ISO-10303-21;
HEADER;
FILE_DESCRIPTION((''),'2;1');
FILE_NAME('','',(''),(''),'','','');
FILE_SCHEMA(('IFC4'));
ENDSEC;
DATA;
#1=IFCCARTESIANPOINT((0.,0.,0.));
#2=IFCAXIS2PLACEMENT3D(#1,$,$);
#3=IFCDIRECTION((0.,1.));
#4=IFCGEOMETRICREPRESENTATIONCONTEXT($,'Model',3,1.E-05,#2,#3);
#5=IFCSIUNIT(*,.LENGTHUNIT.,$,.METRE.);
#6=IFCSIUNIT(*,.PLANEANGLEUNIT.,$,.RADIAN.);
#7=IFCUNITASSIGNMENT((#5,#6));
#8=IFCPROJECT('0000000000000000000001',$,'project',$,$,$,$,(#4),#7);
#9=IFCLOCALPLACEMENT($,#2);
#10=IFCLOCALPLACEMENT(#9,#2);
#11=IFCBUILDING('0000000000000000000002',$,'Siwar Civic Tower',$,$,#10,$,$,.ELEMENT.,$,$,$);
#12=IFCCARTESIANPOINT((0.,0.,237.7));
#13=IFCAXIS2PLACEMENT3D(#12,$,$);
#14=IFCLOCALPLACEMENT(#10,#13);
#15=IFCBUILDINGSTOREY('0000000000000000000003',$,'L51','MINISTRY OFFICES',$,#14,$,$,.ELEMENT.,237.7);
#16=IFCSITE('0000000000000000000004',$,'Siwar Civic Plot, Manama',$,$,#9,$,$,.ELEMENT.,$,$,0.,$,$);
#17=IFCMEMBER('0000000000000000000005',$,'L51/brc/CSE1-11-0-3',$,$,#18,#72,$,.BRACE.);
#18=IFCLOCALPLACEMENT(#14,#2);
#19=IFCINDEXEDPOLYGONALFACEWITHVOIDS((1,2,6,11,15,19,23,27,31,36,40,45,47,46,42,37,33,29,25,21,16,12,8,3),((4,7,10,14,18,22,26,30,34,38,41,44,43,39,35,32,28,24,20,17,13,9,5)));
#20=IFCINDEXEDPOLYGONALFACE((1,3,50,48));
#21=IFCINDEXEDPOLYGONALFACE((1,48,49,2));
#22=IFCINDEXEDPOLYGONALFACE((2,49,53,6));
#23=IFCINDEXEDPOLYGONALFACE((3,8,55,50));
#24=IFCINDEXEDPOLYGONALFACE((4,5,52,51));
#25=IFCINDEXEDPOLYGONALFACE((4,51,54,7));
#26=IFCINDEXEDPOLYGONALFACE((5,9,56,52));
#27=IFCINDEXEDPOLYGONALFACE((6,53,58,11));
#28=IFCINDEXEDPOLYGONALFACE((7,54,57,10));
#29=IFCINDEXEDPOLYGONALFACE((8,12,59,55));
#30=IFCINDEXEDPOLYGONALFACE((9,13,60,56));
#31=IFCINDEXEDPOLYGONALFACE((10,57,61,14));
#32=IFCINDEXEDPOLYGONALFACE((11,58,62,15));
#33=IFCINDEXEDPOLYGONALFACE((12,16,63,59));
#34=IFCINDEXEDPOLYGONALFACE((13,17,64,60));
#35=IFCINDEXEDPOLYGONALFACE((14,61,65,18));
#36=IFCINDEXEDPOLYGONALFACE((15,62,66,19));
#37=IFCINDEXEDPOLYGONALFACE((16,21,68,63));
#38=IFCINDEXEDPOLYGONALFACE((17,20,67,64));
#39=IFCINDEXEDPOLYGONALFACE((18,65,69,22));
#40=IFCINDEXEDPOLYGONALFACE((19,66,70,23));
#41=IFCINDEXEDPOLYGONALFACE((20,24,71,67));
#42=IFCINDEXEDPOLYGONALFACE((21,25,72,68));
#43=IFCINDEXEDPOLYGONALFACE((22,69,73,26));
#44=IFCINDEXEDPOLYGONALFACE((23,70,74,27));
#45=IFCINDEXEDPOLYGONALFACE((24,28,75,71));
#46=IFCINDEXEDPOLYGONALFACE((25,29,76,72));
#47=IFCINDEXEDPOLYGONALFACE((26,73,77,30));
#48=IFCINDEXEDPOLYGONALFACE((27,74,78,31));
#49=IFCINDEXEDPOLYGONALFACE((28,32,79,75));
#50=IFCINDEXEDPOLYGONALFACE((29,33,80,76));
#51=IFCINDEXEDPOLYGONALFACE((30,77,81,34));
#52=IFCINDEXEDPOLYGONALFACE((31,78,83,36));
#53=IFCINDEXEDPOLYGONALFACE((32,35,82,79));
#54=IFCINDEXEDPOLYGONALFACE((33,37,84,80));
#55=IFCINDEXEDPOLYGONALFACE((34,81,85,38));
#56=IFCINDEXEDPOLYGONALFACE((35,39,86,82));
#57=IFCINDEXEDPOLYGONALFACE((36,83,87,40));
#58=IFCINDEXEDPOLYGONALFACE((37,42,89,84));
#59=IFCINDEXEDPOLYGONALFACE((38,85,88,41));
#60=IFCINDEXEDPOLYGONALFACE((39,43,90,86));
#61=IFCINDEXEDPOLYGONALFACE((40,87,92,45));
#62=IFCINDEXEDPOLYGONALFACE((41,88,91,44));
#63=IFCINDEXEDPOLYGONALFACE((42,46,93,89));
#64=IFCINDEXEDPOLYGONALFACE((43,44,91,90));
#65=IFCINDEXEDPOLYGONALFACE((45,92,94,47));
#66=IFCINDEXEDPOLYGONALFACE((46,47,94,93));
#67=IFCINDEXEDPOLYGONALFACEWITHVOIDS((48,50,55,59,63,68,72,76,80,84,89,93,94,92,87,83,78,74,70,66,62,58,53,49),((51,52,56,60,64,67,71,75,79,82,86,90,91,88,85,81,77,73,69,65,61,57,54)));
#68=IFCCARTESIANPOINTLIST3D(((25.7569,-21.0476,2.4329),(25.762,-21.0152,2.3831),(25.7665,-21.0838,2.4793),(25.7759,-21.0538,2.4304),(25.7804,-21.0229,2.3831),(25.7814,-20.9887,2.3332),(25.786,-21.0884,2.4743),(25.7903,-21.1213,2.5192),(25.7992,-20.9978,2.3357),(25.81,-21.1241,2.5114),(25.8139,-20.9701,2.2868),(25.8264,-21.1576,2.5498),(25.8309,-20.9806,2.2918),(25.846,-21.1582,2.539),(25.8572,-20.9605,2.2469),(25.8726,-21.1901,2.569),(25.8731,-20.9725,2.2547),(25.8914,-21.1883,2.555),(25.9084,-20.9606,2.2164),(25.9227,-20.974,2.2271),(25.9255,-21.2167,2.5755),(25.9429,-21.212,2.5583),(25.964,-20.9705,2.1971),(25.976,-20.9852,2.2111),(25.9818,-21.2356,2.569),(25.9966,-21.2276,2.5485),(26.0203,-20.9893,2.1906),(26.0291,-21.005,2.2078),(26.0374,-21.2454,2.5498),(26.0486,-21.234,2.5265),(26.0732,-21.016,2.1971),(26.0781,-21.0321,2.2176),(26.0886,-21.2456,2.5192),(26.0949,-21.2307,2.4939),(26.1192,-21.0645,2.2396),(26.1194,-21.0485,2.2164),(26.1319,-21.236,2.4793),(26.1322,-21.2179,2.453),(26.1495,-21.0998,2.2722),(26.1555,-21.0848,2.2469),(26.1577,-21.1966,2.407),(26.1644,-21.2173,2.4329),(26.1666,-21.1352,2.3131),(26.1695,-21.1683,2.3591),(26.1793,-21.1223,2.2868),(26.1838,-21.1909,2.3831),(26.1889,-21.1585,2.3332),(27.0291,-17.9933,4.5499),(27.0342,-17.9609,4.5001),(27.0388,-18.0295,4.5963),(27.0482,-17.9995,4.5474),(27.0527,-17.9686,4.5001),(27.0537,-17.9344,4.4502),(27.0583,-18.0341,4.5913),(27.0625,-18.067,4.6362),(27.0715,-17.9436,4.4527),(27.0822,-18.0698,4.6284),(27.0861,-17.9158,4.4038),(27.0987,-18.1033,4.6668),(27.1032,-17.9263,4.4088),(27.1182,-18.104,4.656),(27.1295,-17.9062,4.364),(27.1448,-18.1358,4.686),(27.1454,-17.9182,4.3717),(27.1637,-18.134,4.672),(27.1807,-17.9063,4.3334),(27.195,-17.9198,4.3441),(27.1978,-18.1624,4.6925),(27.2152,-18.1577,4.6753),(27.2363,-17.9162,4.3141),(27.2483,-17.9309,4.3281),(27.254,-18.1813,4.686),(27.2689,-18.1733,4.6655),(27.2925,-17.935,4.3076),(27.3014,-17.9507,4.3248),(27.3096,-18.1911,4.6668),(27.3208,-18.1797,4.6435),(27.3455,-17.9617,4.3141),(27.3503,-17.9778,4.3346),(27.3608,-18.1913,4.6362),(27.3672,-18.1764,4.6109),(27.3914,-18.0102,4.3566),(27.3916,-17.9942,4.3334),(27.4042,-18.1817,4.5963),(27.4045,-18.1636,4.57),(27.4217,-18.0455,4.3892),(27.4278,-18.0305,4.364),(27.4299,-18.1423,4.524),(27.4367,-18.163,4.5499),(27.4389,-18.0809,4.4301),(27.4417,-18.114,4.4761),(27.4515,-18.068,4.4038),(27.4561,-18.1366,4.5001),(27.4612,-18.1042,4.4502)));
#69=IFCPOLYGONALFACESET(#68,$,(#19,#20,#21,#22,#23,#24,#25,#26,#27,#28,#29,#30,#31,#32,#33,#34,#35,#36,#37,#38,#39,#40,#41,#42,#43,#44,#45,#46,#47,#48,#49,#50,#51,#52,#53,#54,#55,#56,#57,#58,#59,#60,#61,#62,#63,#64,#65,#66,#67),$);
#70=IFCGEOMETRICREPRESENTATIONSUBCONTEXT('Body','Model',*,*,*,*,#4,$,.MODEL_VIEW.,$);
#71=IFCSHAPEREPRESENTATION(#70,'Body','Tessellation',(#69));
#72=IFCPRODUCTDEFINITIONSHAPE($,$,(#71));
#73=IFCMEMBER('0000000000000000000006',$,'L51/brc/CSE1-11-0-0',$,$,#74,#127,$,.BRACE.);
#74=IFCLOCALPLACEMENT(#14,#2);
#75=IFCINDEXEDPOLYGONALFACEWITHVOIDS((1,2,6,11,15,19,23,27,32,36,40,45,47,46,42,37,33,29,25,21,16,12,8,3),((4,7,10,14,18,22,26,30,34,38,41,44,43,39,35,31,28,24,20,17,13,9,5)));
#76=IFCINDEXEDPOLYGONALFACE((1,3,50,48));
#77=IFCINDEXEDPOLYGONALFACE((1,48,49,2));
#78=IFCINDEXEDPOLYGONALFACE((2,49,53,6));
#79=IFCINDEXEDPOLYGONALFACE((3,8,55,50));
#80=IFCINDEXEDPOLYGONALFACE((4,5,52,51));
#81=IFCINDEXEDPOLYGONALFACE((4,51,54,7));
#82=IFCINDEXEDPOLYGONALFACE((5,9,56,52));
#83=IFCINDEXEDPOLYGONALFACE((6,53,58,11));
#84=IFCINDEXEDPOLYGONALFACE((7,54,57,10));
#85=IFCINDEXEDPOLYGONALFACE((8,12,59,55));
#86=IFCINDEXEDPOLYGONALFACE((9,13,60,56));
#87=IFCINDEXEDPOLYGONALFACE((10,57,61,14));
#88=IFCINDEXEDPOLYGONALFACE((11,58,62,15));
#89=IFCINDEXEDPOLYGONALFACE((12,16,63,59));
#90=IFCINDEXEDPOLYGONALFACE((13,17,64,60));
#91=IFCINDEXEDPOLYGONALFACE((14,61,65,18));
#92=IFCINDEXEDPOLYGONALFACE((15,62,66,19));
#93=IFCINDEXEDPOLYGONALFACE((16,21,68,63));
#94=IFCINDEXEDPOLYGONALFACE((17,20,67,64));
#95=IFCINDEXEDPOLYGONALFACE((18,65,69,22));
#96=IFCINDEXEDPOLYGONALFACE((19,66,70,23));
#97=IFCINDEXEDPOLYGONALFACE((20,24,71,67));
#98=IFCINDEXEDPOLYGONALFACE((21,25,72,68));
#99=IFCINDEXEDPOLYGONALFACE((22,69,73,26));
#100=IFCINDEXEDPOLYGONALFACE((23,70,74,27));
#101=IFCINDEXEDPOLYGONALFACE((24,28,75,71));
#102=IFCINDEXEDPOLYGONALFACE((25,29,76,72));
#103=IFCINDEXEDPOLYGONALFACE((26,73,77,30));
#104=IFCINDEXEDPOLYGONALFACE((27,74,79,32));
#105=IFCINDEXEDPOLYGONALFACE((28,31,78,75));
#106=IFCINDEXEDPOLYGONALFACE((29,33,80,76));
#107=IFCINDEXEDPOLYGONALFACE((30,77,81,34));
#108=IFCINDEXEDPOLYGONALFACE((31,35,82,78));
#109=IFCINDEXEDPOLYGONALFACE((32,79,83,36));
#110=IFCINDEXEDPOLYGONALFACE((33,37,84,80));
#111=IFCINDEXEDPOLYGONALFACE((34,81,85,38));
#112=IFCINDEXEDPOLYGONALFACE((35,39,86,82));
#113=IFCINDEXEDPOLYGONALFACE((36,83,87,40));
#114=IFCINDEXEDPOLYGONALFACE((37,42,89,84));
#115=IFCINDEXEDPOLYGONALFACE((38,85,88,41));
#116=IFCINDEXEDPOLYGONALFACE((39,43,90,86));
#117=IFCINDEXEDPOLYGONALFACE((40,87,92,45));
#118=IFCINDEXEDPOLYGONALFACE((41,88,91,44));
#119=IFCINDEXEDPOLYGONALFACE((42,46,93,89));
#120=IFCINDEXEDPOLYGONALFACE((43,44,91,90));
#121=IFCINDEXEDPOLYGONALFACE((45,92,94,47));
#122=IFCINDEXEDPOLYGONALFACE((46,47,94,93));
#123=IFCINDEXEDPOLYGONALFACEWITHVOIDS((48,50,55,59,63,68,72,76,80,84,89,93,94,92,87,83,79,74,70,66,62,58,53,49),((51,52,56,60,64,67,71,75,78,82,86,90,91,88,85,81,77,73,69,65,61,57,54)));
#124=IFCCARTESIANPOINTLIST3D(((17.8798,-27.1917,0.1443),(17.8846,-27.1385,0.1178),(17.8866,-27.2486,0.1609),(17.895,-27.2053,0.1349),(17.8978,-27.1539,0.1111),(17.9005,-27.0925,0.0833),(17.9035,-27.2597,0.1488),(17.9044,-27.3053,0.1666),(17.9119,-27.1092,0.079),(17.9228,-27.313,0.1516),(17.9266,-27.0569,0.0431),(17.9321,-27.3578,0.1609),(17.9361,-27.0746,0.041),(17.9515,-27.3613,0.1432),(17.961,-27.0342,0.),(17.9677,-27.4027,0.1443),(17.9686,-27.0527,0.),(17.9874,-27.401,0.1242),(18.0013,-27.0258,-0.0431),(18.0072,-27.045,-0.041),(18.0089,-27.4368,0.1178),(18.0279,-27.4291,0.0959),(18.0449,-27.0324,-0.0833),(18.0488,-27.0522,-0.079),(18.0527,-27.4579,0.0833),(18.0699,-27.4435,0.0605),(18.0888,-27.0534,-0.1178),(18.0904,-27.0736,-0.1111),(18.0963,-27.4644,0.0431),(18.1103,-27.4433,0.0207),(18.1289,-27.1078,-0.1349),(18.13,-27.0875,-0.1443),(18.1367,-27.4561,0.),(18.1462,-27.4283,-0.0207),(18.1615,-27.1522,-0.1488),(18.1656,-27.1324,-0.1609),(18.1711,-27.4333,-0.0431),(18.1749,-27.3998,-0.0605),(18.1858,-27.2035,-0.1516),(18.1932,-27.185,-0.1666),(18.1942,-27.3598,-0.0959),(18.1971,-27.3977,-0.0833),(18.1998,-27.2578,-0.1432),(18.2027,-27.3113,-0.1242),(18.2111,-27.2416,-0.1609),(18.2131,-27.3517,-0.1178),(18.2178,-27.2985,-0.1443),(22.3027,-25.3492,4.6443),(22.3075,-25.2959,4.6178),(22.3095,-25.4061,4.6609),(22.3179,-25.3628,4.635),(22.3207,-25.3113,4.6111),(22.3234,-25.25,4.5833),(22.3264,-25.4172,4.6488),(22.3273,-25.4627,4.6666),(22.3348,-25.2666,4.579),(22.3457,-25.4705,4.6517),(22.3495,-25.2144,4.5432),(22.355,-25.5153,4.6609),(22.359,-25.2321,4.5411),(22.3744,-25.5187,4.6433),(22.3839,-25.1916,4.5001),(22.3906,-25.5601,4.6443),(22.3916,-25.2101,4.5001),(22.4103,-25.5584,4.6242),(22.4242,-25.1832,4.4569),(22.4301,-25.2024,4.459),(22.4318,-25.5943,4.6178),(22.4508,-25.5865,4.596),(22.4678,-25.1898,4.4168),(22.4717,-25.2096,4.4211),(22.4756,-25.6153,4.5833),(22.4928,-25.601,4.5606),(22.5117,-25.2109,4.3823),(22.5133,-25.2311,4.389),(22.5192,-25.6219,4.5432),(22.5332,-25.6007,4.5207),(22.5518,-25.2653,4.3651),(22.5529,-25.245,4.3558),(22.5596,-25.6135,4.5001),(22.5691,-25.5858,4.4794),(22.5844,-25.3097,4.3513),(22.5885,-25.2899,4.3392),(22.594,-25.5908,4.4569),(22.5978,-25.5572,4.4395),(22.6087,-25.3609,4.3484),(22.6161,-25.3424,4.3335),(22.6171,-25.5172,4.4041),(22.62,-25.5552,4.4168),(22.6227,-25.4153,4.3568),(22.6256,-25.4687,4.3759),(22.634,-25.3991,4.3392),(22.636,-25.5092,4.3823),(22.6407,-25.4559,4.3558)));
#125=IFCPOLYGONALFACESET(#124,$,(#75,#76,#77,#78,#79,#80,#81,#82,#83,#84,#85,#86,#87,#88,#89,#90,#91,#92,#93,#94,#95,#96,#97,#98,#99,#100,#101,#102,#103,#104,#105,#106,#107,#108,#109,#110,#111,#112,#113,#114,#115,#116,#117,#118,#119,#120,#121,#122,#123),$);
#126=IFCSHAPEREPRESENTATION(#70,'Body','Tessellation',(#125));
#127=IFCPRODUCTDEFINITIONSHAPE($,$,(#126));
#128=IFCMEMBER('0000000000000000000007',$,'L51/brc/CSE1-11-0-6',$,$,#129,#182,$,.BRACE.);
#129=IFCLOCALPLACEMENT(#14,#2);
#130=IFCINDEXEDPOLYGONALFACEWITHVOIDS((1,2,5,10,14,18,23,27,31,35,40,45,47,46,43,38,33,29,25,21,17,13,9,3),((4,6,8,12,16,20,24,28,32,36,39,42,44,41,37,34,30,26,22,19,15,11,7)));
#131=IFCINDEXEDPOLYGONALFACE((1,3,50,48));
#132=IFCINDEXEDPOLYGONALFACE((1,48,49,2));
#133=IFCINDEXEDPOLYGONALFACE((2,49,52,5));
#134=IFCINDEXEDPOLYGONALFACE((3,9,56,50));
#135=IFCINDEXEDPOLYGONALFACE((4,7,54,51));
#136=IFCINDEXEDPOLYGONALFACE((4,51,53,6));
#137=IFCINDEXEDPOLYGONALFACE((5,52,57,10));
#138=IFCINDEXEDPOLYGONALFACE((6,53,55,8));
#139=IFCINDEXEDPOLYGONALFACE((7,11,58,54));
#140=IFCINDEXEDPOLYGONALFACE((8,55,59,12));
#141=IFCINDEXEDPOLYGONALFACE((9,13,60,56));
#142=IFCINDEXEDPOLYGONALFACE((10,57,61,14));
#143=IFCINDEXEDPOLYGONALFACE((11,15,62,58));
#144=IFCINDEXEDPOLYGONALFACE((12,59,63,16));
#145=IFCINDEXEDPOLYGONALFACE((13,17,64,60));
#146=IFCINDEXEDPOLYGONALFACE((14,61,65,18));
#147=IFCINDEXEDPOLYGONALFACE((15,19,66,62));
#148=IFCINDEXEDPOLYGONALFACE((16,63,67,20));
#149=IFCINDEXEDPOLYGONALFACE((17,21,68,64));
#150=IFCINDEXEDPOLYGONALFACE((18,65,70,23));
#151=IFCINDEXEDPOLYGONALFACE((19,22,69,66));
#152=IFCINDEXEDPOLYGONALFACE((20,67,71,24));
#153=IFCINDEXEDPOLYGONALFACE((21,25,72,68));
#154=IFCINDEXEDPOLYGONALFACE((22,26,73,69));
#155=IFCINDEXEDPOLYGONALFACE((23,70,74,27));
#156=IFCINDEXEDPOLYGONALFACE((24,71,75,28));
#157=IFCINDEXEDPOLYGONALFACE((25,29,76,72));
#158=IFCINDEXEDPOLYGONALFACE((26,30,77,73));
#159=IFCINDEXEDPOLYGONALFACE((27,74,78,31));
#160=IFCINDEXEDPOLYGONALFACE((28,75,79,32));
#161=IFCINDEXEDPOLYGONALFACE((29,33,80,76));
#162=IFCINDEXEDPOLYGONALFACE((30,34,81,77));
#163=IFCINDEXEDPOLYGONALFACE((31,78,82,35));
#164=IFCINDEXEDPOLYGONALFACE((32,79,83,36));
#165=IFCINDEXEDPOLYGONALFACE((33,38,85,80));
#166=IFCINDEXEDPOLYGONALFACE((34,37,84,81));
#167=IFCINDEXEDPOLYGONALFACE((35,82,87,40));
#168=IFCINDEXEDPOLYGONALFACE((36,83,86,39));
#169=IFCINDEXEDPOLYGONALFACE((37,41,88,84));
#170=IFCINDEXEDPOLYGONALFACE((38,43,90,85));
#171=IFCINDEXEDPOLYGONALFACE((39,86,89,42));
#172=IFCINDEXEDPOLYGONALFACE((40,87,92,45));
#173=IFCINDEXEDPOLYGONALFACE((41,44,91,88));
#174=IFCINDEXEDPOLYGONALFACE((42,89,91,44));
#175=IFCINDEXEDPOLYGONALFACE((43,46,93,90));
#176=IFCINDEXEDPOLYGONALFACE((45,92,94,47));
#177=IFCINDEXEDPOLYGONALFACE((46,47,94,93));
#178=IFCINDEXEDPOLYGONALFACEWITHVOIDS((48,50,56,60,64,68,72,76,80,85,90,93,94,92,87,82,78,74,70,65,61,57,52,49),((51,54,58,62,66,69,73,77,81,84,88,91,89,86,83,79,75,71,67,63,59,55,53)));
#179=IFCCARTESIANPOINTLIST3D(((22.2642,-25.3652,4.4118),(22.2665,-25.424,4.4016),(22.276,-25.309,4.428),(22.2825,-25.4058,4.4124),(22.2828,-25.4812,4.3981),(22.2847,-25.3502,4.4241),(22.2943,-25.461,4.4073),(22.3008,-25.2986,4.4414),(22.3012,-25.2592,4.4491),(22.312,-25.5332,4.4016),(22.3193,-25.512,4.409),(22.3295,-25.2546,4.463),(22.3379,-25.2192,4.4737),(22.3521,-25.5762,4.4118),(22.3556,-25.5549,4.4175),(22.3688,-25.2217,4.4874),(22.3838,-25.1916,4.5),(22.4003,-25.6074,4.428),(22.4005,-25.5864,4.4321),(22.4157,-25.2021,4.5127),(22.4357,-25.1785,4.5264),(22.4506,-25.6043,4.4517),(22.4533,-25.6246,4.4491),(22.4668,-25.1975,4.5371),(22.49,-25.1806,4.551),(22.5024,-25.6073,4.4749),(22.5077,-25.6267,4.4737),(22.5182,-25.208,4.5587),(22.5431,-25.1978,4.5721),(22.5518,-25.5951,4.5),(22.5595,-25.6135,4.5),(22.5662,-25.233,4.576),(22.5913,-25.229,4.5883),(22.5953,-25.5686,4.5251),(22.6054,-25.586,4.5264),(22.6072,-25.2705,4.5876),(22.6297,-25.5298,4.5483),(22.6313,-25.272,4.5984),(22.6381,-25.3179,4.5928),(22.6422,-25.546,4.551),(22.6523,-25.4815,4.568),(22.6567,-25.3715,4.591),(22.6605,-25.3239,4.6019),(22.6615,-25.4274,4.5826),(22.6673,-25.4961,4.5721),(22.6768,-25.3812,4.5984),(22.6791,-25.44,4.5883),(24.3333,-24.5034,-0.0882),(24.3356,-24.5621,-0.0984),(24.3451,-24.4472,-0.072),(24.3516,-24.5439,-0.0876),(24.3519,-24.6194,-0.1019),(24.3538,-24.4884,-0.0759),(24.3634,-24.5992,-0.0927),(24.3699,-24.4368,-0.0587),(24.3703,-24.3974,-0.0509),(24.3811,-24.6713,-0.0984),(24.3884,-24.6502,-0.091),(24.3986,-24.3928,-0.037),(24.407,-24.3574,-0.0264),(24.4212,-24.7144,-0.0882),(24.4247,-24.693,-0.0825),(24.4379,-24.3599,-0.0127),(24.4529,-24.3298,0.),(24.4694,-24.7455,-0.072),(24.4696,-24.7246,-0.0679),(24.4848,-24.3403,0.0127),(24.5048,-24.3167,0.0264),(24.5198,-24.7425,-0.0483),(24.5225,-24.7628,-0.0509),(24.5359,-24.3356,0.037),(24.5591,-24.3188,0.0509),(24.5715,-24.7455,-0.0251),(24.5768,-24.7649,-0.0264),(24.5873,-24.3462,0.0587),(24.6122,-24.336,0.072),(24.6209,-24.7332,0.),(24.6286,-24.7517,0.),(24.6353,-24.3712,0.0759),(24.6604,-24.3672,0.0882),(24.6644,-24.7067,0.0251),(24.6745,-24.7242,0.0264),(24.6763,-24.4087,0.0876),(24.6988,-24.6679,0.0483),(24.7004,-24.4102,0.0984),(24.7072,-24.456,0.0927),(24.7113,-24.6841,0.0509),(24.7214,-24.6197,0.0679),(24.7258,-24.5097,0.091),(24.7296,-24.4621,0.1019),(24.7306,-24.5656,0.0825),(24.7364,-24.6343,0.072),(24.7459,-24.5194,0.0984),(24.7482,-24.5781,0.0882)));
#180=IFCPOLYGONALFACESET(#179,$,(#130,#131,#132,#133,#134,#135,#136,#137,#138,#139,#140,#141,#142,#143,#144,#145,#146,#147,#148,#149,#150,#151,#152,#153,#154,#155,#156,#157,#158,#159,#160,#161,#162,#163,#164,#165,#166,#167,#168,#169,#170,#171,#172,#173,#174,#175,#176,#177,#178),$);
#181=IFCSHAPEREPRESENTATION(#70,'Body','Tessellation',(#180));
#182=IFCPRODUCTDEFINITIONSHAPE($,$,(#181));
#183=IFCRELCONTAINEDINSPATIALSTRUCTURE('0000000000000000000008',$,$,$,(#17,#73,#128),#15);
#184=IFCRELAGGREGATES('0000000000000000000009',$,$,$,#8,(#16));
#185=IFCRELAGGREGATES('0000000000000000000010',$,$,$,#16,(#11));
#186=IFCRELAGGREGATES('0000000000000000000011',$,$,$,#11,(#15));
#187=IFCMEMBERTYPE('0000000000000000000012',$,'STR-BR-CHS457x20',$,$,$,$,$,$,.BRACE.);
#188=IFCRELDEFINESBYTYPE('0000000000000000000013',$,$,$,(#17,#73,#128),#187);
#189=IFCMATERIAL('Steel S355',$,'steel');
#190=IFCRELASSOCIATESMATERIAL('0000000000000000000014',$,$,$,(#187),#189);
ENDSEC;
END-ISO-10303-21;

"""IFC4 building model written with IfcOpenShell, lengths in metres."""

from ifc_helpers import new_model, si_unit, direction, frame, origin, origin_2d, place, context, subcontext, project, spatial, hollow_circle, extrude, material, material_profile, profile_set, type_object, element, save


model = new_model("IFC4")

# Units and contexts
model_context = context("Model", 3, precision=1e-05, world=origin(), true_north=direction((0.0, 1.0)))
body_context = subcontext(model_context, "Body", "Model", "MODEL_VIEW")
ifc_project = project(units=[si_unit("LENGTHUNIT", "METRE"), si_unit("PLANEANGLEUNIT", "RADIAN")], contexts=[model_context])

# Site, building, storey
site_placement = place(None, origin())
site = spatial("IfcSite", under=ifc_project, at=site_placement, Name="Siwar Civic Plot, Manama", CompositionType="ELEMENT", RefElevation=0.0)
building_placement = place(site_placement, origin())
building = spatial("IfcBuilding", under=site, at=building_placement, Name="Siwar Civic Tower", CompositionType="ELEMENT")
storey_placement = place(building_placement, frame((0.0, 0.0, 237.7)))
storey = spatial("IfcBuildingStorey", under=building, at=storey_placement, Name="L51", Description="MINISTRY OFFICES", CompositionType="ELEMENT", Elevation=237.7)

# Members
ifc_material_1 = material(Name="Steel S355", Category="steel")
ifc_material_profile_1 = material_profile(ifc_material_1, hollow_circle(Radius=0.2285, WallThickness=0.02, at=origin_2d()), Name="CHS457x20")
ifc_profile_set_1 = profile_set([ifc_material_profile_1], Name="Steel S355")
member_type_1 = type_object("IfcMemberType", Name="STR-BR-CHS457x20", PredefinedType="BRACE", material=ifc_profile_set_1)
for number, where, z_axis, x_axis, name in (
    (1, (25.9729, -21.103, 2.3831), (0.323895, 0.777572, 0.538955), (-0.923116, 0.384521, 0.0), "L51/brc/CSE1-11-0-3"),
):
    element("IfcMember", number, at=place(storey_placement, frame(where, z_axis=z_axis, x_axis=x_axis)), inside=storey, type_object=member_type_1, Name=name, PredefinedType="BRACE", context=body_context, shape_type="SweptSolid", body=[
        extrude(hollow_circle(Radius=0.2285, WallThickness=0.02, at=origin_2d()), origin(), (0.0, 0.0, 1.0), 3.928),
    ])
member_1_placement = place(storey_placement, frame((18.0488, -27.2451, 0.0), z_axis=(0.672865, 0.280311, 0.684601), x_axis=(-0.384557, 0.923101, 0.0)))
element("IfcMember", 2, at=member_1_placement, inside=storey, type_object=member_type_1, Name="L51/brc/CSE1-11-0-0", PredefinedType="BRACE", context=body_context, shape_type="SweptSolid", body=[
    extrude(hollow_circle(Radius=0.2285, WallThickness=0.02, at=origin_2d()), origin(), (0.0, 0.0, 1.0), 6.5732),
])
member_2_placement = place(storey_placement, frame((24.5408, -24.5408, 0.0), z_axis=(-0.41157, -0.171427, 0.895111), x_axis=(0.384499, -0.923125, 0.0)))
element("IfcMember", 3, at=member_2_placement, inside=storey, type_object=member_type_1, Name="L51/brc/CSE1-11-0-6", PredefinedType="BRACE", context=body_context, shape_type="SweptSolid", body=[
    extrude(hollow_circle(Radius=0.2285, WallThickness=0.02, at=origin_2d()), origin(), (0.0, 0.0, 1.0), 5.0273),
])

save(model, "model.ifc")
